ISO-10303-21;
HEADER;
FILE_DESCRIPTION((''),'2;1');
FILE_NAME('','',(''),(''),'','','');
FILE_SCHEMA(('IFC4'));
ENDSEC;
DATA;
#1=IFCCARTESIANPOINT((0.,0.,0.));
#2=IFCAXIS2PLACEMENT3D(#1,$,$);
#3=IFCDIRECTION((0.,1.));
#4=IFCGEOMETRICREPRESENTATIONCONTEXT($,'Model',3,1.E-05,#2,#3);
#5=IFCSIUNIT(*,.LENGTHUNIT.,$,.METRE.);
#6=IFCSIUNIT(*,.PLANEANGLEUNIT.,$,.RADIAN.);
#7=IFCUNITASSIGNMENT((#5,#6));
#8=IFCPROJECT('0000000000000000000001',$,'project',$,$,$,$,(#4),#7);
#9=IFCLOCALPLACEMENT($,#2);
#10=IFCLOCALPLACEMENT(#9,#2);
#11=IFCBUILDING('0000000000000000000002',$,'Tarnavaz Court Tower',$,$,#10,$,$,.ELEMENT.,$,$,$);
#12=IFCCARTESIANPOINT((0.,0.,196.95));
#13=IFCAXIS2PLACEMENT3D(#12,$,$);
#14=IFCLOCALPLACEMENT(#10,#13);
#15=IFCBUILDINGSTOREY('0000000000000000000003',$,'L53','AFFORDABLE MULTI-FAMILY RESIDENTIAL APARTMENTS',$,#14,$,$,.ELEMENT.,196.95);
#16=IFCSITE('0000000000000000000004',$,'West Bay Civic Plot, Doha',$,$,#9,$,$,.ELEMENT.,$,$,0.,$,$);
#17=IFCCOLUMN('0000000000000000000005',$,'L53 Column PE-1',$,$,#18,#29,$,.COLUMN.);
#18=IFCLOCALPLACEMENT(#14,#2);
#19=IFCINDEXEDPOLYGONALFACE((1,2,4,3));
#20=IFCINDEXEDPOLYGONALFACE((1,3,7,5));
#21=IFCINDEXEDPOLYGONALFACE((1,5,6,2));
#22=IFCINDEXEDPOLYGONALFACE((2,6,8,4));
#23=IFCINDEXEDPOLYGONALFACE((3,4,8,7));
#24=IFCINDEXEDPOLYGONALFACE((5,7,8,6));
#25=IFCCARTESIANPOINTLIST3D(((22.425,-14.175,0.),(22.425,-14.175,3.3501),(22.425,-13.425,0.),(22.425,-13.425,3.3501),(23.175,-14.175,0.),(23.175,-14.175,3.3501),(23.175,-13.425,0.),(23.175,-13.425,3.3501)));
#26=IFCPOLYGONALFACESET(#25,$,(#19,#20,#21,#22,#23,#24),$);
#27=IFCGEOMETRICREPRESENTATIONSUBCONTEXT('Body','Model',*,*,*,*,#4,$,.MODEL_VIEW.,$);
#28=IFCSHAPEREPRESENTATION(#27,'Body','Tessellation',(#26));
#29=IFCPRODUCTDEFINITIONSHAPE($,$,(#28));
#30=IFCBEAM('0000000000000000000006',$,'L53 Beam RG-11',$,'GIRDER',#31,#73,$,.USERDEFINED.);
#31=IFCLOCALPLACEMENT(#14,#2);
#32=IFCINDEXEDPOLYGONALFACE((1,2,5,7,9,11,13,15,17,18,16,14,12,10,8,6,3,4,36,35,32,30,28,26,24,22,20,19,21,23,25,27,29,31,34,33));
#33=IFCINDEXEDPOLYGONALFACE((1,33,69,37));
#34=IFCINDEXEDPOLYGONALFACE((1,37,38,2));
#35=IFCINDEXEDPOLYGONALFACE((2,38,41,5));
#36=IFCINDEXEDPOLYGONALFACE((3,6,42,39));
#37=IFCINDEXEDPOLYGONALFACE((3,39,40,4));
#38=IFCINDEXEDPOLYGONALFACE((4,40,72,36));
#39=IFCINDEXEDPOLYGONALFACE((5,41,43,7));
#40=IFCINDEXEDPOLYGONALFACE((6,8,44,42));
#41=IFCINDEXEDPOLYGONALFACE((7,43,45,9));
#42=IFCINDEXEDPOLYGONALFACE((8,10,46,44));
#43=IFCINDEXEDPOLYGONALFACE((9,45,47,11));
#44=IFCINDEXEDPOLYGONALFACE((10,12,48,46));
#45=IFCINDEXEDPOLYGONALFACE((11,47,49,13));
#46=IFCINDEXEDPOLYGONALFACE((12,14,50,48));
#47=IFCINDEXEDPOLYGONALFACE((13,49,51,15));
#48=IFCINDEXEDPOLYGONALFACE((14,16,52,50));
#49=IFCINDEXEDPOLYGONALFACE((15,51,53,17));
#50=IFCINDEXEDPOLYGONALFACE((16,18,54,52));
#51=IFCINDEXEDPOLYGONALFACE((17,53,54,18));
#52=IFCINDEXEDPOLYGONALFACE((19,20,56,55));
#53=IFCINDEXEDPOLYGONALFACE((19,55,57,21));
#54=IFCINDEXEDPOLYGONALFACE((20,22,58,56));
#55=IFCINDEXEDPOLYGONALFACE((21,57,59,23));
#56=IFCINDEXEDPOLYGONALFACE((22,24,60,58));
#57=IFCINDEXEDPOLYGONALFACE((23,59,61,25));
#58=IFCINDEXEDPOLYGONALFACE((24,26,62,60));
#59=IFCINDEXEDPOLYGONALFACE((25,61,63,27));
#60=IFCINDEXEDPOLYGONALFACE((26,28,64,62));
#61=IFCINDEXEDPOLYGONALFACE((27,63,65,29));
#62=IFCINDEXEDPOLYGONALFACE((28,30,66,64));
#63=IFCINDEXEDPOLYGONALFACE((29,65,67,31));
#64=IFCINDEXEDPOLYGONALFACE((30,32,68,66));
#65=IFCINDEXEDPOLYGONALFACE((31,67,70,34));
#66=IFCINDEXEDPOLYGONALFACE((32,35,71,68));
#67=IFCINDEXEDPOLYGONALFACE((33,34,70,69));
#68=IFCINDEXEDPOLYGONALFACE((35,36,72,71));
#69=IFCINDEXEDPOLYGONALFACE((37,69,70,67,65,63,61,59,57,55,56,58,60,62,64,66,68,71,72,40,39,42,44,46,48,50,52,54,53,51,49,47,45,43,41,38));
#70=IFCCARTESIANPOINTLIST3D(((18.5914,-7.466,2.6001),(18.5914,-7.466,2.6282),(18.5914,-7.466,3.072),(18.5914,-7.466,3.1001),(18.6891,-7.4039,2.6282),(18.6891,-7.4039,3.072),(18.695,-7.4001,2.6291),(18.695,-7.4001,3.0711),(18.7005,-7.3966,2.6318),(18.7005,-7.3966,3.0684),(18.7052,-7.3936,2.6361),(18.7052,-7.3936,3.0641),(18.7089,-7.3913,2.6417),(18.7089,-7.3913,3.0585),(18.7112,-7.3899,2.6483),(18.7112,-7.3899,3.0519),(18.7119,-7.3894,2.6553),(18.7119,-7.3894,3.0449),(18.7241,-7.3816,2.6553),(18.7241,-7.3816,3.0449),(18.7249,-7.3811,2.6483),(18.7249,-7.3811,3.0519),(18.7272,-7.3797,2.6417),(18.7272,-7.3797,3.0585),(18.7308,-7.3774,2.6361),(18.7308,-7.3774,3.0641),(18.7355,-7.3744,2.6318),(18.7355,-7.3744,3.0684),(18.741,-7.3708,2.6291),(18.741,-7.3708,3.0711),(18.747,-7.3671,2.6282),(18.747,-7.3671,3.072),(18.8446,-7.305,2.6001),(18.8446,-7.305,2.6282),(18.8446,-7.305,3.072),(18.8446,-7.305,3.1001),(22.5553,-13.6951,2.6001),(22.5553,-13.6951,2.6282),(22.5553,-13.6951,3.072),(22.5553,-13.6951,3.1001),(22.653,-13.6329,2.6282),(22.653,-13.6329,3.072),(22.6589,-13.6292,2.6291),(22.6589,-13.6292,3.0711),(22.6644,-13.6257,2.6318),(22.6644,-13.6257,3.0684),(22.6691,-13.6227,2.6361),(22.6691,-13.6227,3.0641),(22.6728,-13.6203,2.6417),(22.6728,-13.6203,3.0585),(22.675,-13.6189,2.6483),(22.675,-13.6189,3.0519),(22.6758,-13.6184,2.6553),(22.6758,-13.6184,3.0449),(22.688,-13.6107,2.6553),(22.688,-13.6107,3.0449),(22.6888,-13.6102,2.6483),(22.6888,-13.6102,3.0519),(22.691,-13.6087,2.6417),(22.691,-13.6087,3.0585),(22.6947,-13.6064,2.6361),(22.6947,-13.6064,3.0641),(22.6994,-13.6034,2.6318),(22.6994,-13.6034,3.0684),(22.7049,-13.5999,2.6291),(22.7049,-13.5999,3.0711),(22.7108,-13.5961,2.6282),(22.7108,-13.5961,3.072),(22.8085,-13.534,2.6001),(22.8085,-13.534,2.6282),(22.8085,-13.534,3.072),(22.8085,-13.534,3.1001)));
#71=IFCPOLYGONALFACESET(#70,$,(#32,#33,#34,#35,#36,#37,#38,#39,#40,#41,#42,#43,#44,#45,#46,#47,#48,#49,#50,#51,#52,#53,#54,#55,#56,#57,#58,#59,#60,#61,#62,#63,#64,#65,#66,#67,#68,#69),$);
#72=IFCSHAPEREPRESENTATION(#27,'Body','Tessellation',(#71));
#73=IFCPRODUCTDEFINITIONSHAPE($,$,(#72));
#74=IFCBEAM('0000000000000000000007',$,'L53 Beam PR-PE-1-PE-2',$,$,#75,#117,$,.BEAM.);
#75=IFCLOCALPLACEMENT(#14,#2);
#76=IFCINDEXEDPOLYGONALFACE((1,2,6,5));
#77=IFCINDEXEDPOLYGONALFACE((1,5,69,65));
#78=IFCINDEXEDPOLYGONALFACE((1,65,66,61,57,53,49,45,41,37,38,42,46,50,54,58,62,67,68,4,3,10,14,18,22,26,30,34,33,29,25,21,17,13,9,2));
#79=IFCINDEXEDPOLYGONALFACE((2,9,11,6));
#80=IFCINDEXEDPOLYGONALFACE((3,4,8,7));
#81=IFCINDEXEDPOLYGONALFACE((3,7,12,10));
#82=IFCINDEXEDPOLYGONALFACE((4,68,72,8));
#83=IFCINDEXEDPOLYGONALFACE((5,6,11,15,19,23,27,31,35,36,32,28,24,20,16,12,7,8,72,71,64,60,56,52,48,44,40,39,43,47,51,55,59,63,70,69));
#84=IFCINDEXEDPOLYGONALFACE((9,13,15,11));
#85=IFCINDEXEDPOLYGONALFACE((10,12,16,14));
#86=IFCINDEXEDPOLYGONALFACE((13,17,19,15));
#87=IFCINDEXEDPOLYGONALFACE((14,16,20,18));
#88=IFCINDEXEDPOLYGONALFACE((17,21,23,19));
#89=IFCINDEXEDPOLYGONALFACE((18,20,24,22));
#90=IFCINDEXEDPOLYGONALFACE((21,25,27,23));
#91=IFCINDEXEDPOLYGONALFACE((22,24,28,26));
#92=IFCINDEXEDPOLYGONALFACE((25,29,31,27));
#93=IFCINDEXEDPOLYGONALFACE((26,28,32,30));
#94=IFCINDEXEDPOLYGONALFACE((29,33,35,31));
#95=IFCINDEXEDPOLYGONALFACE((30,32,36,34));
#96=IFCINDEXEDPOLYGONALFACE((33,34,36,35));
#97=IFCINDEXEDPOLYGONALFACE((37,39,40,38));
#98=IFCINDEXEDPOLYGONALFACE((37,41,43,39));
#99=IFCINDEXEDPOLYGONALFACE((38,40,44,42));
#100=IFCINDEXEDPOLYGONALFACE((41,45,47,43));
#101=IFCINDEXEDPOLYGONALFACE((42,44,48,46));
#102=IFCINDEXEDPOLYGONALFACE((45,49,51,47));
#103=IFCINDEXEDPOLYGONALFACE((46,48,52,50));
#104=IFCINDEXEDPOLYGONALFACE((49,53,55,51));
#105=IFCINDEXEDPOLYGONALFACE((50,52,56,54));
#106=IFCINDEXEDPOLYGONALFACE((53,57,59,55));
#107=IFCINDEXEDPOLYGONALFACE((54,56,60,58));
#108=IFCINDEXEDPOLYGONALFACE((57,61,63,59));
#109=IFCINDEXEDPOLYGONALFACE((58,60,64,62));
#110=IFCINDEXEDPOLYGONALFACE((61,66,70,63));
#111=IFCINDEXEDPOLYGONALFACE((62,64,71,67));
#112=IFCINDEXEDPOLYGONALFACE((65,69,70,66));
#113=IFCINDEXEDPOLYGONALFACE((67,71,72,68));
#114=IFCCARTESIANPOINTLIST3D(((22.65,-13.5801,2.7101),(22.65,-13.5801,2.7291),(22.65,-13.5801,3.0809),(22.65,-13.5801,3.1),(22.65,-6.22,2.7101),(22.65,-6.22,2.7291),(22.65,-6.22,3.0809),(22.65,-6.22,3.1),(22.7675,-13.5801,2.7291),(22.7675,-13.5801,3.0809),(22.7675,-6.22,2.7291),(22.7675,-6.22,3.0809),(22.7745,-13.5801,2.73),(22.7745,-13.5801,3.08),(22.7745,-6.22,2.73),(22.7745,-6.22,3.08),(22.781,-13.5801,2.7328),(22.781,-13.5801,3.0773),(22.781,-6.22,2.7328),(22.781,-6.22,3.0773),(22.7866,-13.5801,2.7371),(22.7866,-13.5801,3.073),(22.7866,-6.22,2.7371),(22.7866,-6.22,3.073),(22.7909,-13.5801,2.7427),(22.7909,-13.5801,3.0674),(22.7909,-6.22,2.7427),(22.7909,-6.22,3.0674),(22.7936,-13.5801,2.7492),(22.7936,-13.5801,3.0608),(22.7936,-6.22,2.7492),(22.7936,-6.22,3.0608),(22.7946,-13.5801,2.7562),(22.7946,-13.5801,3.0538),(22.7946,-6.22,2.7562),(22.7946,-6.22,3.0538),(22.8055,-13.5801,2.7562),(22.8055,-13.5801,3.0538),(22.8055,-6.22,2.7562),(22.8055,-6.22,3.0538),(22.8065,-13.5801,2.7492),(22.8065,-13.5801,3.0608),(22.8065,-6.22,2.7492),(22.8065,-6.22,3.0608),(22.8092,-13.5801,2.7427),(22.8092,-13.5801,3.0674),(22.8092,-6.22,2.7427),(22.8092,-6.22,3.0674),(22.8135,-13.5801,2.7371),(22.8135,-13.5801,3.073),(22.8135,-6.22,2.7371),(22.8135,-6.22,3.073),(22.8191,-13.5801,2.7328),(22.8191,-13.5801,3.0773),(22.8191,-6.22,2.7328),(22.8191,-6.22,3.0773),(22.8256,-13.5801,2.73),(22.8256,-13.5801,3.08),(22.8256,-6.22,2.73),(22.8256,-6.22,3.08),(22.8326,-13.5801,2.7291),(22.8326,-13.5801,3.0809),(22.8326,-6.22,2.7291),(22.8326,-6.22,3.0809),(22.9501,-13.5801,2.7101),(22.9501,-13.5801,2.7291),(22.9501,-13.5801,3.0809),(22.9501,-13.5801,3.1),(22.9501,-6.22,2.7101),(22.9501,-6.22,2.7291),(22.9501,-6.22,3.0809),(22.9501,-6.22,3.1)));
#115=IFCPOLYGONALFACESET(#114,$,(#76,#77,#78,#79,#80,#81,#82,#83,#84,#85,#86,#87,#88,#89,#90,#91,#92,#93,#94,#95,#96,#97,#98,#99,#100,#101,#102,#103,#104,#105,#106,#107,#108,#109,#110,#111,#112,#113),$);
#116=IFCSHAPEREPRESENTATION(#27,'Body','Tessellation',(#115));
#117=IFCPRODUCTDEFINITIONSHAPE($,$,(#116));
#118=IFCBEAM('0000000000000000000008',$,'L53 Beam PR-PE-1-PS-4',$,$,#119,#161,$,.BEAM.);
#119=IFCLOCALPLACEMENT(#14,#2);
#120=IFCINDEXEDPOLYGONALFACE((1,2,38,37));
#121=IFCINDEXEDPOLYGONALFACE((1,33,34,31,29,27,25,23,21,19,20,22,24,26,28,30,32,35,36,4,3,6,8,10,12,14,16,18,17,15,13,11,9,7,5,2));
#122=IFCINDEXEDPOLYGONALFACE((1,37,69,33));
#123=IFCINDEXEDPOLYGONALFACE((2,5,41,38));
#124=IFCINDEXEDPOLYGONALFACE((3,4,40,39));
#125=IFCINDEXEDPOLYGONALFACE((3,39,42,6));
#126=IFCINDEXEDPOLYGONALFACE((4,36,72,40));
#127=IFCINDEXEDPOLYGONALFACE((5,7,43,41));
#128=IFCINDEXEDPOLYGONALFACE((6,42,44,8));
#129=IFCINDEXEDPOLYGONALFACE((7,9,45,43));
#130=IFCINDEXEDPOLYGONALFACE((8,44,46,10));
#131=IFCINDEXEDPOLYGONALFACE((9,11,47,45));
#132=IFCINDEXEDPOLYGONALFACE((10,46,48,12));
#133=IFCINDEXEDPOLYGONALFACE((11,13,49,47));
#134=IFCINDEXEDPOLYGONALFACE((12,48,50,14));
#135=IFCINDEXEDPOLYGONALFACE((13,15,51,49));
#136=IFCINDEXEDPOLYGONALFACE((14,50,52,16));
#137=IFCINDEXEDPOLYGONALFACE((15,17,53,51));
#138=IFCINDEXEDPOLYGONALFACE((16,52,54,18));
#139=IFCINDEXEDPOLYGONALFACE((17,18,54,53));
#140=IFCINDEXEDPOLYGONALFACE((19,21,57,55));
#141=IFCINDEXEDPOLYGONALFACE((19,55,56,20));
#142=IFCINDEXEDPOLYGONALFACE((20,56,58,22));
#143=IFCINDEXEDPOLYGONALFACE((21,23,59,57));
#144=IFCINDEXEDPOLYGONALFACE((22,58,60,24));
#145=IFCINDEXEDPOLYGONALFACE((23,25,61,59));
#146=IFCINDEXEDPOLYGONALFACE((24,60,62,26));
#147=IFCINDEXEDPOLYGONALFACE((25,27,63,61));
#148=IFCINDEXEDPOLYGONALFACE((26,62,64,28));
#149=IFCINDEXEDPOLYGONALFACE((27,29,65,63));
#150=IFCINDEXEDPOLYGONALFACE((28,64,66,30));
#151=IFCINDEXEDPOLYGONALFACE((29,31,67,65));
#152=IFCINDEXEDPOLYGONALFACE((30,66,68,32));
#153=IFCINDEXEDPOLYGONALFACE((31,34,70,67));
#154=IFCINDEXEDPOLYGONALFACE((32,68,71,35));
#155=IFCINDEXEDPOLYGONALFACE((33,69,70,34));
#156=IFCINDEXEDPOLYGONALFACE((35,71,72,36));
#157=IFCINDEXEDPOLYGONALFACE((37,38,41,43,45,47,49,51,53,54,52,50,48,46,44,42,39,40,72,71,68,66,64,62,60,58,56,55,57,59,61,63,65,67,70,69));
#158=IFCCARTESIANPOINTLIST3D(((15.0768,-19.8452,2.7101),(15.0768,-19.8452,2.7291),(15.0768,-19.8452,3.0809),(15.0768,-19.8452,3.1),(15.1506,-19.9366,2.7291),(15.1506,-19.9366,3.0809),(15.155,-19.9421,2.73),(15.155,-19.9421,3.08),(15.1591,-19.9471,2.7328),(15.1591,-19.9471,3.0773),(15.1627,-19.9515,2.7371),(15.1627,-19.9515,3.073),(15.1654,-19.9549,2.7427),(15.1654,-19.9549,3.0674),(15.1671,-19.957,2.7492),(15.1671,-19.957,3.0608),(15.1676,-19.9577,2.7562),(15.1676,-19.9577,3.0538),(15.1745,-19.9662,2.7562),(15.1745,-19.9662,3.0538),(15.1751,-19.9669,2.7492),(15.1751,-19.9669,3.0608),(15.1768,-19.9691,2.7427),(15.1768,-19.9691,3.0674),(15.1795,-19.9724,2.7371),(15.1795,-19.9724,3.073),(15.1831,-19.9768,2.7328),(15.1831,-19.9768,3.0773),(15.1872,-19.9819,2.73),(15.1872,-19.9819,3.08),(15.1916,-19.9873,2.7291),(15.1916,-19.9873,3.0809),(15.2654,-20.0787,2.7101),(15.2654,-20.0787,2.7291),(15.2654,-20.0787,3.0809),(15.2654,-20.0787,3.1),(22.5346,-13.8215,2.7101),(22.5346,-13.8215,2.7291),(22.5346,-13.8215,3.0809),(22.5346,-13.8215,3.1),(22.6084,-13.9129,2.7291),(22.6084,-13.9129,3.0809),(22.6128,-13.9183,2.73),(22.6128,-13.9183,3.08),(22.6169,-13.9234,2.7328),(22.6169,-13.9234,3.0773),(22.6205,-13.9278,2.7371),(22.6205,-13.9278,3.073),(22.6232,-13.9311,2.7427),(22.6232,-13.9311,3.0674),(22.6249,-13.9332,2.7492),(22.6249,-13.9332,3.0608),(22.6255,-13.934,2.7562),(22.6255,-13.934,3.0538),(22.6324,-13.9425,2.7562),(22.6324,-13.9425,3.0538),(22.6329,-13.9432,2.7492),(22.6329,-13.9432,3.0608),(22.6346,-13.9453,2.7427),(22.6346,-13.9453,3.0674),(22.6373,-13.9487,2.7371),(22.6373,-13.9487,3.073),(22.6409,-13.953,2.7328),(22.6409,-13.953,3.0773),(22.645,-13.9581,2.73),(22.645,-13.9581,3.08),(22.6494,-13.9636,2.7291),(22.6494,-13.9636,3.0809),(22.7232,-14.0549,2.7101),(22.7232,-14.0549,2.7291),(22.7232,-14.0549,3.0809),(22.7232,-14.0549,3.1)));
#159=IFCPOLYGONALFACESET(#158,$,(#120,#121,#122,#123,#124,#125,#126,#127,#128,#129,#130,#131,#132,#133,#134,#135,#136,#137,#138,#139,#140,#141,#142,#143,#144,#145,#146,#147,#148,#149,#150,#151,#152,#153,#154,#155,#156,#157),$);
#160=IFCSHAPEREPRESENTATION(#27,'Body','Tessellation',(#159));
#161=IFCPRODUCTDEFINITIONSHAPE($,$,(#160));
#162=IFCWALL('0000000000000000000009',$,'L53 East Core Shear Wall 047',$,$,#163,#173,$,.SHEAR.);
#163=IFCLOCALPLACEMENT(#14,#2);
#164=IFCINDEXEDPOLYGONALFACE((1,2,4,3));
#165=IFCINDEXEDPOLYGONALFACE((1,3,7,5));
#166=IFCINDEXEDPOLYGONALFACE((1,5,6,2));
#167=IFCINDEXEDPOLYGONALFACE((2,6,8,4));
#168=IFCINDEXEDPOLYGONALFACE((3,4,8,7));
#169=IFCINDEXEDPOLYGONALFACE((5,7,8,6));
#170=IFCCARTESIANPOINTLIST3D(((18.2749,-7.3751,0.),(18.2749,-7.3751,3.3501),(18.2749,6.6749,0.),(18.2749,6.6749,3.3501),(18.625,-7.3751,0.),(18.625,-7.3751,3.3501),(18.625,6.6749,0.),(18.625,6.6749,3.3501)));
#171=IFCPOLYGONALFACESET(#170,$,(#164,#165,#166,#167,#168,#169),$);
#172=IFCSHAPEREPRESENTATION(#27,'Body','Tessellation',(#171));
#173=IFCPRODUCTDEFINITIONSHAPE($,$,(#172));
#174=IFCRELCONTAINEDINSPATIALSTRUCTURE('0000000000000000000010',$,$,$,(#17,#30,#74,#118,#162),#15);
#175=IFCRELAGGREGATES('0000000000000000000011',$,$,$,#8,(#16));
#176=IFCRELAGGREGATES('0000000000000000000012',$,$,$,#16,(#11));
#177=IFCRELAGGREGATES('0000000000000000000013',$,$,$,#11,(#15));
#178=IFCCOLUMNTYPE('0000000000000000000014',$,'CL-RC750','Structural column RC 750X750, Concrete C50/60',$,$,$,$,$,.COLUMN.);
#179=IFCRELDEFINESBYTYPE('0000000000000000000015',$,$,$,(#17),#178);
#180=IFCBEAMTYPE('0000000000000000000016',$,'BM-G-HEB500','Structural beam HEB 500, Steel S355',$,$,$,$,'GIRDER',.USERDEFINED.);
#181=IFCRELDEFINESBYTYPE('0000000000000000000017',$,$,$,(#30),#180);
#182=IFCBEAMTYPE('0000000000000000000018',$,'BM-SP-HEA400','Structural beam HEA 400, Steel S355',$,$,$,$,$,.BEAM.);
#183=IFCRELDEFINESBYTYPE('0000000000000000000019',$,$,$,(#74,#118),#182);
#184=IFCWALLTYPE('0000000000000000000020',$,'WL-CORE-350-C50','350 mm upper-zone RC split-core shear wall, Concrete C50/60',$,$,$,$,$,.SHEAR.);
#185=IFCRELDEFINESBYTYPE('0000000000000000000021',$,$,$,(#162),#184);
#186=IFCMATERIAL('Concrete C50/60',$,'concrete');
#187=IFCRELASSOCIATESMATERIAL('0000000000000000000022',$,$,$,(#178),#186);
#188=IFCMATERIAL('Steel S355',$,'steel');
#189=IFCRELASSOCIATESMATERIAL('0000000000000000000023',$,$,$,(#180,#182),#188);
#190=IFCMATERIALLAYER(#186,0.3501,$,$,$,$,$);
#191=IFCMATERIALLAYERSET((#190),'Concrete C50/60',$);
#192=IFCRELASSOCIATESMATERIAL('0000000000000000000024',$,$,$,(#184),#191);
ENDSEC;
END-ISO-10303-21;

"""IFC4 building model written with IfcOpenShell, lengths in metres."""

from ifc_helpers import new_model, si_unit, direction, frame, frame_2d, origin, origin_2d, place, context, subcontext, project, spatial, rectangle, i_section, extrude, material, layer, layer_set, material_profile, profile_set, type_object, element, save


model = new_model("IFC4")

# Units and contexts
model_context = context("Model", 3, precision=1e-05, world=origin(), true_north=direction((0.0, 1.0)))
body_context = subcontext(model_context, "Body", "Model", "MODEL_VIEW")
ifc_project = project(units=[si_unit("LENGTHUNIT", "METRE"), si_unit("PLANEANGLEUNIT", "RADIAN")], contexts=[model_context])

# Site, building, storey
site_placement = place(None, origin())
site = spatial("IfcSite", under=ifc_project, at=site_placement, Name="West Bay Civic Plot, Doha", CompositionType="ELEMENT", RefElevation=0.0)
building_placement = place(site_placement, origin())
building = spatial("IfcBuilding", under=site, at=building_placement, Name="Tarnavaz Court Tower", CompositionType="ELEMENT")
storey_placement = place(building_placement, frame((0.0, 0.0, 196.95)))
storey = spatial("IfcBuildingStorey", under=building, at=storey_placement, Name="L53", Description="AFFORDABLE MULTI-FAMILY RESIDENTIAL APARTMENTS", CompositionType="ELEMENT", Elevation=196.95)

# Column
ifc_material_1 = material(Name="Concrete C50/60", Category="concrete")
ifc_material_profile_1 = material_profile(ifc_material_1, rectangle(XDim=0.75, YDim=0.75, at=origin_2d()), Name="RC 750X750")
ifc_profile_set_1 = profile_set([ifc_material_profile_1], Name="Concrete C50/60")
column_type = type_object("IfcColumnType", Name="CL-RC750", Description="Structural column RC 750X750, Concrete C50/60", PredefinedType="COLUMN", material=ifc_profile_set_1)
column_placement = place(storey_placement, frame((22.8, -13.8, 0.0), z_axis=(0.0, 0.0, 1.0), x_axis=(1.0, 0.0, 0.0)))
element("IfcColumn", 1, at=column_placement, inside=storey, type_object=column_type, Name="L53 Column PE-1", PredefinedType="COLUMN", context=body_context, shape_type="SweptSolid", body=[
    extrude(rectangle(XDim=0.75, YDim=0.75, at=origin_2d()), origin(), (0.0, 0.0, 1.0), 3.3501),
])

# Beams
ifc_material_2 = material(Name="Steel S355", Category="steel")
ifc_material_profile_2 = material_profile(ifc_material_2, i_section(OverallWidth=0.3, OverallDepth=0.5, WebThickness=0.0144, FlangeThickness=0.0281, FilletRadius=0.0271, at=origin_2d()), Name="HEB 500")
ifc_profile_set_2 = profile_set([ifc_material_profile_2], Name="Steel S355")
beam_type_1 = type_object("IfcBeamType", Name="BM-G-HEB500", Description="Structural beam HEB 500, Steel S355", ElementType="GIRDER", PredefinedType="USERDEFINED", material=ifc_profile_set_2)
beam_1_placement = place(storey_placement, frame((18.718, -7.3855, 2.8501), z_axis=(0.536871, -0.843664, 0.0), x_axis=(0.843664, 0.536871, 0.0)))
element("IfcBeam", 2, at=beam_1_placement, inside=storey, type_object=beam_type_1, Name="L53 Beam RG-11", ObjectType="GIRDER", PredefinedType="USERDEFINED", context=body_context, shape_type="SweptSolid", body=[
    extrude(i_section(OverallWidth=0.3, OverallDepth=0.5, WebThickness=0.0144, FlangeThickness=0.0281, FilletRadius=0.0271, at=origin_2d()), origin(), (0.0, 0.0, 1.0), 7.3833),
])
ifc_material_profile_3 = material_profile(ifc_material_2, i_section(OverallWidth=0.3, OverallDepth=0.3899, WebThickness=0.011, FlangeThickness=0.019, FilletRadius=0.0271, at=origin_2d()), Name="HEA 400")
ifc_profile_set_3 = profile_set([ifc_material_profile_3], Name="Steel S355")
beam_type_2 = type_object("IfcBeamType", Name="BM-SP-HEA400", Description="Structural beam HEA 400, Steel S355", PredefinedType="BEAM", material=ifc_profile_set_3)
beam_2_placement = place(storey_placement, frame((22.8, -13.5801, 2.905), z_axis=(0.0, 1.0, 0.0), x_axis=(-1.0, 0.0, 0.0)))
element("IfcBeam", 3, at=beam_2_placement, inside=storey, type_object=beam_type_2, Name="L53 Beam PR-PE-1-PE-2", PredefinedType="BEAM", context=body_context, shape_type="SweptSolid", body=[
    extrude(i_section(OverallWidth=0.3, OverallDepth=0.3899, WebThickness=0.011, FlangeThickness=0.019, FilletRadius=0.0271, at=origin_2d()), origin(), (0.0, 0.0, 1.0), 7.3601),
])
beam_3_placement = place(storey_placement, frame((22.6289, -13.9382, 2.905), z_axis=(-0.777936, -0.628344, 0.0), x_axis=(0.628344, -0.777936, 0.0)))
element("IfcBeam", 4, at=beam_3_placement, inside=storey, type_object=beam_type_2, Name="L53 Beam PR-PE-1-PS-4", PredefinedType="BEAM", context=body_context, shape_type="SweptSolid", body=[
    extrude(i_section(OverallWidth=0.3, OverallDepth=0.3899, WebThickness=0.011, FlangeThickness=0.019, FilletRadius=0.0271, at=origin_2d()), origin(), (0.0, 0.0, 1.0), 9.5867),
])

# Wall
ifc_layer_1 = layer(ifc_material_1, 0.3501)
ifc_layer_set_1 = layer_set([ifc_layer_1], Name="Concrete C50/60")
wall_type_1 = type_object("IfcWallType", Name="WL-CORE-350-C50", Description="350 mm upper-zone RC split-core shear wall, Concrete C50/60", PredefinedType="SHEAR", material=ifc_layer_set_1)
wall_1_placement = place(storey_placement, frame((18.45, -7.375, 0.0), z_axis=(0.0, 0.0, 1.0), x_axis=(0.0, 1.0, 0.0)))
element("IfcWall", 5, at=wall_1_placement, inside=storey, type_object=wall_type_1, Name="L53 East Core Shear Wall 047", PredefinedType="SHEAR", context=body_context, shape_type="SweptSolid", body=[
    extrude(rectangle(XDim=14.05, YDim=0.3501, at=frame_2d((7.0249, 0.0))), origin(), (0.0, 0.0, 1.0), 3.3501),
])

save(model, "model.ifc")
